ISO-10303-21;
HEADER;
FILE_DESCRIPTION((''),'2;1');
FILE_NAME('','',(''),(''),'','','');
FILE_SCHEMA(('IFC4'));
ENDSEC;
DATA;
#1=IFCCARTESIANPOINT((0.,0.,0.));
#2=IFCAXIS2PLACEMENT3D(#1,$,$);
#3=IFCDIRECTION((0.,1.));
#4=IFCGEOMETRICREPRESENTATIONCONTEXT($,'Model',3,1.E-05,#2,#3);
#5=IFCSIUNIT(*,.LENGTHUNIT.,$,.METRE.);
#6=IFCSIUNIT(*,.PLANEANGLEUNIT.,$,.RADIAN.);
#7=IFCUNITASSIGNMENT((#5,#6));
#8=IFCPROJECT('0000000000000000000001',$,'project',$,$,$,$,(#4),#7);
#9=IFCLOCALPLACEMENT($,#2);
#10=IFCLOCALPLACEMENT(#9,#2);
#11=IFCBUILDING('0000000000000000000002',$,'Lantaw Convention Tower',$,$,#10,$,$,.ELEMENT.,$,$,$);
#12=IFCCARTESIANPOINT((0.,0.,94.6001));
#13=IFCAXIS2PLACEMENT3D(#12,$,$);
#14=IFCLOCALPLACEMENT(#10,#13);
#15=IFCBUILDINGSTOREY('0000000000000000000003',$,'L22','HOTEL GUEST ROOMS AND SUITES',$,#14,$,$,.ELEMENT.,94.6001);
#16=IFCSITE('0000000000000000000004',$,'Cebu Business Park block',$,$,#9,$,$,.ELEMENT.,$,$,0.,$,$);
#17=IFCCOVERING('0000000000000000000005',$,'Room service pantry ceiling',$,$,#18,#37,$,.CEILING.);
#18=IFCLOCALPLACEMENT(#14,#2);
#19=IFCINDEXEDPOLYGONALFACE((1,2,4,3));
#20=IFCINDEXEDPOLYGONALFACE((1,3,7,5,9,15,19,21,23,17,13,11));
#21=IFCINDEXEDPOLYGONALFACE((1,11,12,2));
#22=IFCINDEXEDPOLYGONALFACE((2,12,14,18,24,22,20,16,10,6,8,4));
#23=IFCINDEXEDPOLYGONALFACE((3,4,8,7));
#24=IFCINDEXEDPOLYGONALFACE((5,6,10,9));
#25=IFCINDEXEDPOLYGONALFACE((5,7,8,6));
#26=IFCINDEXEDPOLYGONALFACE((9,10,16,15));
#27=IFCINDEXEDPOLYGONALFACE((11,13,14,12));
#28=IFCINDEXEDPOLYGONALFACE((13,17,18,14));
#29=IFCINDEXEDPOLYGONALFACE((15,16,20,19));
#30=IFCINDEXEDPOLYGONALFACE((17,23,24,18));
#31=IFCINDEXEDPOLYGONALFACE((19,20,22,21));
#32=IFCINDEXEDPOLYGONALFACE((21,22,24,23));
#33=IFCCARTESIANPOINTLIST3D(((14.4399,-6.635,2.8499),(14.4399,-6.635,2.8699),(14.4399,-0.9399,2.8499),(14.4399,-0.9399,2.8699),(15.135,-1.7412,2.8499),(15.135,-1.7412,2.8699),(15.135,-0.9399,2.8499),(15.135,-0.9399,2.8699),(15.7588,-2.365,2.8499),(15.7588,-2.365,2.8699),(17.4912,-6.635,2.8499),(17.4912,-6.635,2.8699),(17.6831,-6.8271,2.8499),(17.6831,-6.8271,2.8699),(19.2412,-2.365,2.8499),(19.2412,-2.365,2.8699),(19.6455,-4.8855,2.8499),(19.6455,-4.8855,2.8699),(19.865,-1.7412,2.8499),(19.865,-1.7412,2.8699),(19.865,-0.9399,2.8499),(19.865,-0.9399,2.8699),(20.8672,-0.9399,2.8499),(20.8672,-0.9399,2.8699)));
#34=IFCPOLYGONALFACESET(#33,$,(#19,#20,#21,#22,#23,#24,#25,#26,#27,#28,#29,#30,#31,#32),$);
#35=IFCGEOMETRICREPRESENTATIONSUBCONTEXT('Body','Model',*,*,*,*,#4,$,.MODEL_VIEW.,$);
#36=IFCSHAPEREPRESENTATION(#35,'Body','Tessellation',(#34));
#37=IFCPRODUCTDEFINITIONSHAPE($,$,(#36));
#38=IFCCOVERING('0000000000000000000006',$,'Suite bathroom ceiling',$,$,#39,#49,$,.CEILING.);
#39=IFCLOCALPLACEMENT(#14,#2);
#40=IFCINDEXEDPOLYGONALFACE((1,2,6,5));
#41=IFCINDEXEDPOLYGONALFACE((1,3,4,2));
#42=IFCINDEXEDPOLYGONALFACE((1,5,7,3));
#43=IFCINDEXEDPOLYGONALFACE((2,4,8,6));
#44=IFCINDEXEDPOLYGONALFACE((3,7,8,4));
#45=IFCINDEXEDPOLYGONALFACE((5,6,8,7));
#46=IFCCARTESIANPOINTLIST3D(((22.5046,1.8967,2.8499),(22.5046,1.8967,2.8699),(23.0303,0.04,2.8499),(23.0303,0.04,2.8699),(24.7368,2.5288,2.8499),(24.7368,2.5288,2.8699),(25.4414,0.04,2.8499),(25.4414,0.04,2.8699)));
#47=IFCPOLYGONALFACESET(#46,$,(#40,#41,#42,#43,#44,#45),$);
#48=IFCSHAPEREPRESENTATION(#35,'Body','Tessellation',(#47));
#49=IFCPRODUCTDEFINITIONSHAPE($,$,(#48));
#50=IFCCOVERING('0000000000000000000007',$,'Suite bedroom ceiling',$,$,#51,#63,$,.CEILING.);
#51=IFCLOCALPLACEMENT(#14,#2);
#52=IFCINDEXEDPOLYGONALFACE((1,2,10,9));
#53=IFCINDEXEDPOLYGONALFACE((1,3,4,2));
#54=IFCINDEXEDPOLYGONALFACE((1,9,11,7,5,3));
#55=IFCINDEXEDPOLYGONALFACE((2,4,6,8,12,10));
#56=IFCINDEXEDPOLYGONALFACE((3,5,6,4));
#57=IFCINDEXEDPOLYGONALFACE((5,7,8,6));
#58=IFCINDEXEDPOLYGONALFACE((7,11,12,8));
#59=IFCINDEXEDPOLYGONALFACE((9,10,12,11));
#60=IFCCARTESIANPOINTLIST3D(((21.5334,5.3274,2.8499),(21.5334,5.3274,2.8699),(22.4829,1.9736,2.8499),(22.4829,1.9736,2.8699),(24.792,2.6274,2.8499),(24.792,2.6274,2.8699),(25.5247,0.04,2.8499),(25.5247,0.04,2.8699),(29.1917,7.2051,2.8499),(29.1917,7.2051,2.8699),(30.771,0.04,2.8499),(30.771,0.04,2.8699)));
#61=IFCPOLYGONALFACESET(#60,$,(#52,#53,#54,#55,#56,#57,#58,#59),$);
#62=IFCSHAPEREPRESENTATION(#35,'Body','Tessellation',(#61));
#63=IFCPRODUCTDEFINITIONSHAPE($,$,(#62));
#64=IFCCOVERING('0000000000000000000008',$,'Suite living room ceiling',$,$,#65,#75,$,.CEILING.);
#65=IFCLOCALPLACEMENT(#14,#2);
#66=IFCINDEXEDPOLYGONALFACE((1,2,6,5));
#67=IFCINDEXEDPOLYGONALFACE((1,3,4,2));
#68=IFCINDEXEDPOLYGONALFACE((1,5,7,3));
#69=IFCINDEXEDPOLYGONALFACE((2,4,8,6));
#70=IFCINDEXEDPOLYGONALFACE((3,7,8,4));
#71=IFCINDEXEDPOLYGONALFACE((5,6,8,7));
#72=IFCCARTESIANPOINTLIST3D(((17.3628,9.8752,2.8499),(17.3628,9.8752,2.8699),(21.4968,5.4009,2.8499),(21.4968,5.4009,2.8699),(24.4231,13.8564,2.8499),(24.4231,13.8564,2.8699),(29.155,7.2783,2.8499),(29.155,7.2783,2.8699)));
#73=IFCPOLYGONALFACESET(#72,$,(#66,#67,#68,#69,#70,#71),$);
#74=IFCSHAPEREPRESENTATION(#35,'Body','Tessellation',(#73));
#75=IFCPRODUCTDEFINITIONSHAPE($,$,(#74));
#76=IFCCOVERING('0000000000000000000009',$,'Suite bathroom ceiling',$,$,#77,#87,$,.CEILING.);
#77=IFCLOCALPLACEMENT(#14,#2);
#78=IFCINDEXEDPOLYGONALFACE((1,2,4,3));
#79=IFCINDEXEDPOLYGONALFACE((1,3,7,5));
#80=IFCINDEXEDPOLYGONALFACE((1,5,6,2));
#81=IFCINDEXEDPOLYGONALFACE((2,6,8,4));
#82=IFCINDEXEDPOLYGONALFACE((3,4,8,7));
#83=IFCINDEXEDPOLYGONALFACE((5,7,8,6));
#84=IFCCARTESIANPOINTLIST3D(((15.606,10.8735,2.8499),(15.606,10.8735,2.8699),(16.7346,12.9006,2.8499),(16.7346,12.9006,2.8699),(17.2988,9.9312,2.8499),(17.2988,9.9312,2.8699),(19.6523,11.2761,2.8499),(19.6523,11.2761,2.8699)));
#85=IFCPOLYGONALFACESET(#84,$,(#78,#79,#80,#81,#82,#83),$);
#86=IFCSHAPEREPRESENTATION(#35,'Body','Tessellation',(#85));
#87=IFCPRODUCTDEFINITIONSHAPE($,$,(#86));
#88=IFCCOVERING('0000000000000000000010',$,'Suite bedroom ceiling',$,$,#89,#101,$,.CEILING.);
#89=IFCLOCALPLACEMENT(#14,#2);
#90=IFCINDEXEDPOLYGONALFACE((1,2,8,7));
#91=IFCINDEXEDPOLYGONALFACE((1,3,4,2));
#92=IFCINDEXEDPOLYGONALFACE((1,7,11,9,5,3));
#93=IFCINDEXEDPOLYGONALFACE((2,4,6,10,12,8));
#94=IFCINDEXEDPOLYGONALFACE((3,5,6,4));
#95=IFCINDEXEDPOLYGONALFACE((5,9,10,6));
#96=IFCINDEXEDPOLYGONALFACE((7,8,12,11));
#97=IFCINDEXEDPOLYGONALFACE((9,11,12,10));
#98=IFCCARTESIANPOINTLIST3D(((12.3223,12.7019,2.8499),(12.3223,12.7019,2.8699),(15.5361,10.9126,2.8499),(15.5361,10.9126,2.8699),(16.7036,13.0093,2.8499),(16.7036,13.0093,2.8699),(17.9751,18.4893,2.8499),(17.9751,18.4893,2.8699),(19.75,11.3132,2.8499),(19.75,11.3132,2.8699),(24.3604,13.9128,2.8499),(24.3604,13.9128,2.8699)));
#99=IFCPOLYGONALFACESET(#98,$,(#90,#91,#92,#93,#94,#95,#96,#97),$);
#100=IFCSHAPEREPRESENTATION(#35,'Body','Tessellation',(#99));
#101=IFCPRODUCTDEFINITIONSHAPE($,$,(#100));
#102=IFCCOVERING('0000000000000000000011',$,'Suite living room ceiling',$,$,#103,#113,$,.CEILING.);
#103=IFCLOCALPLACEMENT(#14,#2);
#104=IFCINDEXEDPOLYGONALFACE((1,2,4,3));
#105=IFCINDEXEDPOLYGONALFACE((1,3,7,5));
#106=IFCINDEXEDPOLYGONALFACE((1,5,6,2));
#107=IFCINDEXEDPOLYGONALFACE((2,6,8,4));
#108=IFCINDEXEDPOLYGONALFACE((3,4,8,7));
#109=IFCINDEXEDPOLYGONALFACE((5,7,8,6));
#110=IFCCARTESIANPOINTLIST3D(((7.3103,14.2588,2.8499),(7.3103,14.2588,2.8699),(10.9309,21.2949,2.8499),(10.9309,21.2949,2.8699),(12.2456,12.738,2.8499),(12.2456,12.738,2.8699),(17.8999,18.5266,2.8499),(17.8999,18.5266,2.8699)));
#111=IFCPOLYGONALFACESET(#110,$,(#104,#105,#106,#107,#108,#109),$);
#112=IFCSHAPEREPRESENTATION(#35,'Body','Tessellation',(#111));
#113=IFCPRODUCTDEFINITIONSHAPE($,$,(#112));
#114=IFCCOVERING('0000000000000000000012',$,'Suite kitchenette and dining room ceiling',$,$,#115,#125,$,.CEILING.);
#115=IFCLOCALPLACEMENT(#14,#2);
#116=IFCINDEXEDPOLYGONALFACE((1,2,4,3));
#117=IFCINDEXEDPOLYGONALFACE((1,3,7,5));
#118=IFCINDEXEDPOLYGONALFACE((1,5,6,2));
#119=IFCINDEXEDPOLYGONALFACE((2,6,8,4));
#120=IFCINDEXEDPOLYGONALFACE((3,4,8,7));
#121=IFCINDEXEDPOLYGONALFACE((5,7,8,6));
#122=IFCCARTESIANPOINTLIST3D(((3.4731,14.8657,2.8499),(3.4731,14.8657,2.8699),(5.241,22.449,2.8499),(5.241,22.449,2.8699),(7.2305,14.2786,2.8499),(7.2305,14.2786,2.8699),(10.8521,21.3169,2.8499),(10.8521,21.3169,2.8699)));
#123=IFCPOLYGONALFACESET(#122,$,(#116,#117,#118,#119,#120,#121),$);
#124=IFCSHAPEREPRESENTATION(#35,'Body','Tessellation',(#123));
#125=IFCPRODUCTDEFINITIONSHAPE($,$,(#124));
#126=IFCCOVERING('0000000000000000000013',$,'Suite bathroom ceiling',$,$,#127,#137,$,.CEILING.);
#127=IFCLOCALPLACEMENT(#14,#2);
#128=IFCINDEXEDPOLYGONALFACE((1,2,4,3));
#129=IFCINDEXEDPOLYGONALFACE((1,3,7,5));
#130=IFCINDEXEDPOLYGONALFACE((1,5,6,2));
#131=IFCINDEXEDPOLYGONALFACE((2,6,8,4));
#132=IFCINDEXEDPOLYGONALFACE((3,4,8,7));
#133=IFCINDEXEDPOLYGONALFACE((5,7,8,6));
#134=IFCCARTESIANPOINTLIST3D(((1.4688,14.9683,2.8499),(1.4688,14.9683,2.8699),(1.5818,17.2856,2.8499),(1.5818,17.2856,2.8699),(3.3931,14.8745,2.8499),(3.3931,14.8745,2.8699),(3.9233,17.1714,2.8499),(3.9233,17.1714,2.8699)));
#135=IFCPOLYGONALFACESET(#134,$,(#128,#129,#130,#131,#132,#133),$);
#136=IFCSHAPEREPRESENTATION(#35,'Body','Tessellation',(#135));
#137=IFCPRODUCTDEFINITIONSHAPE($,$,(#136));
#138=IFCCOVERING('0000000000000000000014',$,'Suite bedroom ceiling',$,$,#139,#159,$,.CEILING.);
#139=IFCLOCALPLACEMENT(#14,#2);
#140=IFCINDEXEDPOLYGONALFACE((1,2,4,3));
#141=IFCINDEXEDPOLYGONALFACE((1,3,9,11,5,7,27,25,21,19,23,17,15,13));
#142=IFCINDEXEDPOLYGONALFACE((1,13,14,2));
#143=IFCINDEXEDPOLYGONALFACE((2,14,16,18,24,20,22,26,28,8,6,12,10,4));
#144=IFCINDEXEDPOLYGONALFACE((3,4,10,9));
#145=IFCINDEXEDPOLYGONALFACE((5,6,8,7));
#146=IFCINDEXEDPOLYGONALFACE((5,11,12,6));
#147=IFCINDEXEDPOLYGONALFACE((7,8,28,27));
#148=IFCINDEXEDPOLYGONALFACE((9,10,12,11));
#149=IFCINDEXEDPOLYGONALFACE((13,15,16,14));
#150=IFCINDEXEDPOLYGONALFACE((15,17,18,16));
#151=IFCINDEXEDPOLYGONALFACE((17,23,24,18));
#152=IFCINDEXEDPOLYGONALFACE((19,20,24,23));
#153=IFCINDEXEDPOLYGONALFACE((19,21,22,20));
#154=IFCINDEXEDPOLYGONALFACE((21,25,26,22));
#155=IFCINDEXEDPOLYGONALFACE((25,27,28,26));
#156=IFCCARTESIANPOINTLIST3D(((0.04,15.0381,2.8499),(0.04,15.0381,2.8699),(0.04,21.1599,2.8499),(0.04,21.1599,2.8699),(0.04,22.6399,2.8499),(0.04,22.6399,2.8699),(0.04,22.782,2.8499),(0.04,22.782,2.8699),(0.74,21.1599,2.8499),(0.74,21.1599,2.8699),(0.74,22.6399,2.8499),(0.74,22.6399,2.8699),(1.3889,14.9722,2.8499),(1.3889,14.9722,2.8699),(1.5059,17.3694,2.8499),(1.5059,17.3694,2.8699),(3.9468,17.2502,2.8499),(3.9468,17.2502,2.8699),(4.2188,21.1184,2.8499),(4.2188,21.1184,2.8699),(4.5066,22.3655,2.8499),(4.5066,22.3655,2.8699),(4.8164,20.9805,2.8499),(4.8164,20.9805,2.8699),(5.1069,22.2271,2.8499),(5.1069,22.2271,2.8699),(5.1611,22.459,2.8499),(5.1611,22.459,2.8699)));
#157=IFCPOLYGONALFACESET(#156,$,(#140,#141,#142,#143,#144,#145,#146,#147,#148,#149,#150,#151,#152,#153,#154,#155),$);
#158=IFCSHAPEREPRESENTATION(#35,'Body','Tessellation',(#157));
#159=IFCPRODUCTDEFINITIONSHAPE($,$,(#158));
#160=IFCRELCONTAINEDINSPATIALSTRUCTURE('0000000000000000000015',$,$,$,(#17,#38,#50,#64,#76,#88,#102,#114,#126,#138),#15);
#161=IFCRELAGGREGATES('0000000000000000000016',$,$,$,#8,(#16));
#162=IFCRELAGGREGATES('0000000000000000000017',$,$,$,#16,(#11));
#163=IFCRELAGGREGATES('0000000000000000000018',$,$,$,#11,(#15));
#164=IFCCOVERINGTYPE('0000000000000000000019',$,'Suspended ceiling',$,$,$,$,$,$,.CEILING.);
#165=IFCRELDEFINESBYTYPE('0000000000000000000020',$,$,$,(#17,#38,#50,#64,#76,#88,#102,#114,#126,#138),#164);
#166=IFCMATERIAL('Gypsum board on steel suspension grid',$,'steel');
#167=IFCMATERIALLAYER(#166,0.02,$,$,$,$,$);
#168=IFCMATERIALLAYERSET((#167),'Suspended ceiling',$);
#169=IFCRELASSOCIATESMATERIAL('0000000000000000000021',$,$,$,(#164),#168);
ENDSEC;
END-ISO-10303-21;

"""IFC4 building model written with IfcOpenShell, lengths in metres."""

from ifc_helpers import new_model, si_unit, direction, frame, origin, place, context, subcontext, project, spatial, polyline, outline, extrude, material, layer, layer_set, type_object, element, save


model = new_model("IFC4")

# Units and contexts
model_context = context("Model", 3, precision=1e-05, world=origin(), true_north=direction((0.0, 1.0)))
body_context = subcontext(model_context, "Body", "Model", "MODEL_VIEW")
ifc_project = project(units=[si_unit("LENGTHUNIT", "METRE"), si_unit("PLANEANGLEUNIT", "RADIAN")], contexts=[model_context])

# Site, building, storey
site_placement = place(None, origin())
site = spatial("IfcSite", under=ifc_project, at=site_placement, Name="Cebu Business Park block", CompositionType="ELEMENT", RefElevation=0.0)
building_placement = place(site_placement, origin())
building = spatial("IfcBuilding", under=site, at=building_placement, Name="Lantaw Convention Tower", CompositionType="ELEMENT")
storey_placement = place(building_placement, frame((0.0, 0.0, 94.6001)))
storey = spatial("IfcBuildingStorey", under=building, at=storey_placement, Name="L22", Description="HOTEL GUEST ROOMS AND SUITES", CompositionType="ELEMENT", Elevation=94.6001)

# Coverings
ifc_material_1 = material(Name="Gypsum board on steel suspension grid", Category="steel")
ifc_layer_1 = layer(ifc_material_1, 0.02)
ifc_layer_set_1 = layer_set([ifc_layer_1], Name="Suspended ceiling")
covering_type = type_object("IfcCoveringType", Name="Suspended ceiling", PredefinedType="CEILING", material=ifc_layer_set_1)
covering_1_placement = place(storey_placement, frame((0.0, 0.0, 2.8499)))
element("IfcCovering", 1, at=covering_1_placement, inside=storey, type_object=covering_type, Name="Room service pantry ceiling", PredefinedType="CEILING", context=body_context, shape_type="SweptSolid", body=[
    extrude(outline(polyline([(19.6455, -4.8855), (20.8672, -0.9399), (19.865, -0.9399), (19.865, -1.7412), (19.2412, -2.365), (15.7588, -2.365), (15.135, -1.7412), (15.135, -0.9399), (14.4399, -0.9399), (14.4399, -6.635), (17.4912, -6.635), (17.6831, -6.8271), (19.6455, -4.8855)])), origin(), (0.0, 0.0, 1.0), 0.02),
])
covering_2_placement = place(storey_placement, frame((0.0, 0.0, 2.8499)))
element("IfcCovering", 2, at=covering_2_placement, inside=storey, type_object=covering_type, Name="Suite bathroom ceiling", PredefinedType="CEILING", context=body_context, shape_type="SweptSolid", body=[
    extrude(outline(polyline([(23.0303, 0.04), (25.4414, 0.04), (24.7368, 2.5288), (22.5046, 1.8967), (23.0303, 0.04)])), origin(), (0.0, 0.0, 1.0), 0.02),
])
covering_3_placement = place(storey_placement, frame((0.0, 0.0, 2.8499)))
element("IfcCovering", 3, at=covering_3_placement, inside=storey, type_object=covering_type, Name="Suite bedroom ceiling", PredefinedType="CEILING", context=body_context, shape_type="SweptSolid", body=[
    extrude(outline(polyline([(21.5334, 5.3274), (22.4829, 1.9736), (24.792, 2.6274), (25.5247, 0.04), (30.771, 0.04), (29.1917, 7.2051), (21.5334, 5.3274)])), origin(), (0.0, 0.0, 1.0), 0.02),
])
covering_4_placement = place(storey_placement, frame((0.0, 0.0, 2.8499)))
element("IfcCovering", 4, at=covering_4_placement, inside=storey, type_object=covering_type, Name="Suite living room ceiling", PredefinedType="CEILING", context=body_context, shape_type="SweptSolid", body=[
    extrude(outline(polyline([(21.4968, 5.4009), (29.155, 7.2783), (24.4231, 13.8564), (17.3628, 9.8752), (21.4968, 5.4009)])), origin(), (0.0, 0.0, 1.0), 0.02),
])
covering_5_placement = place(storey_placement, frame((0.0, 0.0, 2.8499)))
element("IfcCovering", 5, at=covering_5_placement, inside=storey, type_object=covering_type, Name="Suite bathroom ceiling", PredefinedType="CEILING", context=body_context, shape_type="SweptSolid", body=[
    extrude(outline(polyline([(17.2988, 9.9312), (19.6523, 11.2761), (16.7346, 12.9006), (15.606, 10.8735), (17.2988, 9.9312)])), origin(), (0.0, 0.0, 1.0), 0.02),
])
covering_6_placement = place(storey_placement, frame((0.0, 0.0, 2.8499)))
element("IfcCovering", 6, at=covering_6_placement, inside=storey, type_object=covering_type, Name="Suite bedroom ceiling", PredefinedType="CEILING", context=body_context, shape_type="SweptSolid", body=[
    extrude(outline(polyline([(12.3223, 12.7019), (15.5361, 10.9126), (16.7036, 13.0093), (19.75, 11.3132), (24.3604, 13.9128), (17.9751, 18.4893), (12.3223, 12.7019)])), origin(), (0.0, 0.0, 1.0), 0.02),
])
covering_7_placement = place(storey_placement, frame((0.0, 0.0, 2.8499)))
element("IfcCovering", 7, at=covering_7_placement, inside=storey, type_object=covering_type, Name="Suite living room ceiling", PredefinedType="CEILING", context=body_context, shape_type="SweptSolid", body=[
    extrude(outline(polyline([(12.2456, 12.738), (17.8999, 18.5266), (10.9309, 21.2949), (7.3103, 14.2588), (12.2456, 12.738)])), origin(), (0.0, 0.0, 1.0), 0.02),
])
covering_8_placement = place(storey_placement, frame((0.0, 0.0, 2.8499)))
element("IfcCovering", 8, at=covering_8_placement, inside=storey, type_object=covering_type, Name="Suite kitchenette and dining room ceiling", PredefinedType="CEILING", context=body_context, shape_type="SweptSolid", body=[
    extrude(outline(polyline([(7.2305, 14.2786), (10.8521, 21.3169), (5.241, 22.449), (3.4731, 14.8657), (7.2305, 14.2786)])), origin(), (0.0, 0.0, 1.0), 0.02),
])
covering_9_placement = place(storey_placement, frame((0.0, 0.0, 2.8499)))
element("IfcCovering", 9, at=covering_9_placement, inside=storey, type_object=covering_type, Name="Suite bathroom ceiling", PredefinedType="CEILING", context=body_context, shape_type="SweptSolid", body=[
    extrude(outline(polyline([(3.3931, 14.8745), (3.9233, 17.1714), (1.5818, 17.2856), (1.4688, 14.9683), (3.3931, 14.8745)])), origin(), (0.0, 0.0, 1.0), 0.02),
])
covering_10_placement = place(storey_placement, frame((0.0, 0.0, 2.8499)))
element("IfcCovering", 10, at=covering_10_placement, inside=storey, type_object=covering_type, Name="Suite bedroom ceiling", PredefinedType="CEILING", context=body_context, shape_type="SweptSolid", body=[
    extrude(outline(polyline([(0.04, 21.1599), (0.04, 15.0381), (1.3889, 14.9722), (1.5059, 17.3694), (3.9468, 17.2502), (4.8164, 20.9805), (4.2188, 21.1184), (4.5066, 22.3655), (5.1069, 22.2271), (5.1611, 22.459), (0.04, 22.782), (0.04, 22.6399), (0.74, 22.6399), (0.74, 21.1599), (0.04, 21.1599)])), origin(), (0.0, 0.0, 1.0), 0.02),
])

save(model, "model.ifc")
